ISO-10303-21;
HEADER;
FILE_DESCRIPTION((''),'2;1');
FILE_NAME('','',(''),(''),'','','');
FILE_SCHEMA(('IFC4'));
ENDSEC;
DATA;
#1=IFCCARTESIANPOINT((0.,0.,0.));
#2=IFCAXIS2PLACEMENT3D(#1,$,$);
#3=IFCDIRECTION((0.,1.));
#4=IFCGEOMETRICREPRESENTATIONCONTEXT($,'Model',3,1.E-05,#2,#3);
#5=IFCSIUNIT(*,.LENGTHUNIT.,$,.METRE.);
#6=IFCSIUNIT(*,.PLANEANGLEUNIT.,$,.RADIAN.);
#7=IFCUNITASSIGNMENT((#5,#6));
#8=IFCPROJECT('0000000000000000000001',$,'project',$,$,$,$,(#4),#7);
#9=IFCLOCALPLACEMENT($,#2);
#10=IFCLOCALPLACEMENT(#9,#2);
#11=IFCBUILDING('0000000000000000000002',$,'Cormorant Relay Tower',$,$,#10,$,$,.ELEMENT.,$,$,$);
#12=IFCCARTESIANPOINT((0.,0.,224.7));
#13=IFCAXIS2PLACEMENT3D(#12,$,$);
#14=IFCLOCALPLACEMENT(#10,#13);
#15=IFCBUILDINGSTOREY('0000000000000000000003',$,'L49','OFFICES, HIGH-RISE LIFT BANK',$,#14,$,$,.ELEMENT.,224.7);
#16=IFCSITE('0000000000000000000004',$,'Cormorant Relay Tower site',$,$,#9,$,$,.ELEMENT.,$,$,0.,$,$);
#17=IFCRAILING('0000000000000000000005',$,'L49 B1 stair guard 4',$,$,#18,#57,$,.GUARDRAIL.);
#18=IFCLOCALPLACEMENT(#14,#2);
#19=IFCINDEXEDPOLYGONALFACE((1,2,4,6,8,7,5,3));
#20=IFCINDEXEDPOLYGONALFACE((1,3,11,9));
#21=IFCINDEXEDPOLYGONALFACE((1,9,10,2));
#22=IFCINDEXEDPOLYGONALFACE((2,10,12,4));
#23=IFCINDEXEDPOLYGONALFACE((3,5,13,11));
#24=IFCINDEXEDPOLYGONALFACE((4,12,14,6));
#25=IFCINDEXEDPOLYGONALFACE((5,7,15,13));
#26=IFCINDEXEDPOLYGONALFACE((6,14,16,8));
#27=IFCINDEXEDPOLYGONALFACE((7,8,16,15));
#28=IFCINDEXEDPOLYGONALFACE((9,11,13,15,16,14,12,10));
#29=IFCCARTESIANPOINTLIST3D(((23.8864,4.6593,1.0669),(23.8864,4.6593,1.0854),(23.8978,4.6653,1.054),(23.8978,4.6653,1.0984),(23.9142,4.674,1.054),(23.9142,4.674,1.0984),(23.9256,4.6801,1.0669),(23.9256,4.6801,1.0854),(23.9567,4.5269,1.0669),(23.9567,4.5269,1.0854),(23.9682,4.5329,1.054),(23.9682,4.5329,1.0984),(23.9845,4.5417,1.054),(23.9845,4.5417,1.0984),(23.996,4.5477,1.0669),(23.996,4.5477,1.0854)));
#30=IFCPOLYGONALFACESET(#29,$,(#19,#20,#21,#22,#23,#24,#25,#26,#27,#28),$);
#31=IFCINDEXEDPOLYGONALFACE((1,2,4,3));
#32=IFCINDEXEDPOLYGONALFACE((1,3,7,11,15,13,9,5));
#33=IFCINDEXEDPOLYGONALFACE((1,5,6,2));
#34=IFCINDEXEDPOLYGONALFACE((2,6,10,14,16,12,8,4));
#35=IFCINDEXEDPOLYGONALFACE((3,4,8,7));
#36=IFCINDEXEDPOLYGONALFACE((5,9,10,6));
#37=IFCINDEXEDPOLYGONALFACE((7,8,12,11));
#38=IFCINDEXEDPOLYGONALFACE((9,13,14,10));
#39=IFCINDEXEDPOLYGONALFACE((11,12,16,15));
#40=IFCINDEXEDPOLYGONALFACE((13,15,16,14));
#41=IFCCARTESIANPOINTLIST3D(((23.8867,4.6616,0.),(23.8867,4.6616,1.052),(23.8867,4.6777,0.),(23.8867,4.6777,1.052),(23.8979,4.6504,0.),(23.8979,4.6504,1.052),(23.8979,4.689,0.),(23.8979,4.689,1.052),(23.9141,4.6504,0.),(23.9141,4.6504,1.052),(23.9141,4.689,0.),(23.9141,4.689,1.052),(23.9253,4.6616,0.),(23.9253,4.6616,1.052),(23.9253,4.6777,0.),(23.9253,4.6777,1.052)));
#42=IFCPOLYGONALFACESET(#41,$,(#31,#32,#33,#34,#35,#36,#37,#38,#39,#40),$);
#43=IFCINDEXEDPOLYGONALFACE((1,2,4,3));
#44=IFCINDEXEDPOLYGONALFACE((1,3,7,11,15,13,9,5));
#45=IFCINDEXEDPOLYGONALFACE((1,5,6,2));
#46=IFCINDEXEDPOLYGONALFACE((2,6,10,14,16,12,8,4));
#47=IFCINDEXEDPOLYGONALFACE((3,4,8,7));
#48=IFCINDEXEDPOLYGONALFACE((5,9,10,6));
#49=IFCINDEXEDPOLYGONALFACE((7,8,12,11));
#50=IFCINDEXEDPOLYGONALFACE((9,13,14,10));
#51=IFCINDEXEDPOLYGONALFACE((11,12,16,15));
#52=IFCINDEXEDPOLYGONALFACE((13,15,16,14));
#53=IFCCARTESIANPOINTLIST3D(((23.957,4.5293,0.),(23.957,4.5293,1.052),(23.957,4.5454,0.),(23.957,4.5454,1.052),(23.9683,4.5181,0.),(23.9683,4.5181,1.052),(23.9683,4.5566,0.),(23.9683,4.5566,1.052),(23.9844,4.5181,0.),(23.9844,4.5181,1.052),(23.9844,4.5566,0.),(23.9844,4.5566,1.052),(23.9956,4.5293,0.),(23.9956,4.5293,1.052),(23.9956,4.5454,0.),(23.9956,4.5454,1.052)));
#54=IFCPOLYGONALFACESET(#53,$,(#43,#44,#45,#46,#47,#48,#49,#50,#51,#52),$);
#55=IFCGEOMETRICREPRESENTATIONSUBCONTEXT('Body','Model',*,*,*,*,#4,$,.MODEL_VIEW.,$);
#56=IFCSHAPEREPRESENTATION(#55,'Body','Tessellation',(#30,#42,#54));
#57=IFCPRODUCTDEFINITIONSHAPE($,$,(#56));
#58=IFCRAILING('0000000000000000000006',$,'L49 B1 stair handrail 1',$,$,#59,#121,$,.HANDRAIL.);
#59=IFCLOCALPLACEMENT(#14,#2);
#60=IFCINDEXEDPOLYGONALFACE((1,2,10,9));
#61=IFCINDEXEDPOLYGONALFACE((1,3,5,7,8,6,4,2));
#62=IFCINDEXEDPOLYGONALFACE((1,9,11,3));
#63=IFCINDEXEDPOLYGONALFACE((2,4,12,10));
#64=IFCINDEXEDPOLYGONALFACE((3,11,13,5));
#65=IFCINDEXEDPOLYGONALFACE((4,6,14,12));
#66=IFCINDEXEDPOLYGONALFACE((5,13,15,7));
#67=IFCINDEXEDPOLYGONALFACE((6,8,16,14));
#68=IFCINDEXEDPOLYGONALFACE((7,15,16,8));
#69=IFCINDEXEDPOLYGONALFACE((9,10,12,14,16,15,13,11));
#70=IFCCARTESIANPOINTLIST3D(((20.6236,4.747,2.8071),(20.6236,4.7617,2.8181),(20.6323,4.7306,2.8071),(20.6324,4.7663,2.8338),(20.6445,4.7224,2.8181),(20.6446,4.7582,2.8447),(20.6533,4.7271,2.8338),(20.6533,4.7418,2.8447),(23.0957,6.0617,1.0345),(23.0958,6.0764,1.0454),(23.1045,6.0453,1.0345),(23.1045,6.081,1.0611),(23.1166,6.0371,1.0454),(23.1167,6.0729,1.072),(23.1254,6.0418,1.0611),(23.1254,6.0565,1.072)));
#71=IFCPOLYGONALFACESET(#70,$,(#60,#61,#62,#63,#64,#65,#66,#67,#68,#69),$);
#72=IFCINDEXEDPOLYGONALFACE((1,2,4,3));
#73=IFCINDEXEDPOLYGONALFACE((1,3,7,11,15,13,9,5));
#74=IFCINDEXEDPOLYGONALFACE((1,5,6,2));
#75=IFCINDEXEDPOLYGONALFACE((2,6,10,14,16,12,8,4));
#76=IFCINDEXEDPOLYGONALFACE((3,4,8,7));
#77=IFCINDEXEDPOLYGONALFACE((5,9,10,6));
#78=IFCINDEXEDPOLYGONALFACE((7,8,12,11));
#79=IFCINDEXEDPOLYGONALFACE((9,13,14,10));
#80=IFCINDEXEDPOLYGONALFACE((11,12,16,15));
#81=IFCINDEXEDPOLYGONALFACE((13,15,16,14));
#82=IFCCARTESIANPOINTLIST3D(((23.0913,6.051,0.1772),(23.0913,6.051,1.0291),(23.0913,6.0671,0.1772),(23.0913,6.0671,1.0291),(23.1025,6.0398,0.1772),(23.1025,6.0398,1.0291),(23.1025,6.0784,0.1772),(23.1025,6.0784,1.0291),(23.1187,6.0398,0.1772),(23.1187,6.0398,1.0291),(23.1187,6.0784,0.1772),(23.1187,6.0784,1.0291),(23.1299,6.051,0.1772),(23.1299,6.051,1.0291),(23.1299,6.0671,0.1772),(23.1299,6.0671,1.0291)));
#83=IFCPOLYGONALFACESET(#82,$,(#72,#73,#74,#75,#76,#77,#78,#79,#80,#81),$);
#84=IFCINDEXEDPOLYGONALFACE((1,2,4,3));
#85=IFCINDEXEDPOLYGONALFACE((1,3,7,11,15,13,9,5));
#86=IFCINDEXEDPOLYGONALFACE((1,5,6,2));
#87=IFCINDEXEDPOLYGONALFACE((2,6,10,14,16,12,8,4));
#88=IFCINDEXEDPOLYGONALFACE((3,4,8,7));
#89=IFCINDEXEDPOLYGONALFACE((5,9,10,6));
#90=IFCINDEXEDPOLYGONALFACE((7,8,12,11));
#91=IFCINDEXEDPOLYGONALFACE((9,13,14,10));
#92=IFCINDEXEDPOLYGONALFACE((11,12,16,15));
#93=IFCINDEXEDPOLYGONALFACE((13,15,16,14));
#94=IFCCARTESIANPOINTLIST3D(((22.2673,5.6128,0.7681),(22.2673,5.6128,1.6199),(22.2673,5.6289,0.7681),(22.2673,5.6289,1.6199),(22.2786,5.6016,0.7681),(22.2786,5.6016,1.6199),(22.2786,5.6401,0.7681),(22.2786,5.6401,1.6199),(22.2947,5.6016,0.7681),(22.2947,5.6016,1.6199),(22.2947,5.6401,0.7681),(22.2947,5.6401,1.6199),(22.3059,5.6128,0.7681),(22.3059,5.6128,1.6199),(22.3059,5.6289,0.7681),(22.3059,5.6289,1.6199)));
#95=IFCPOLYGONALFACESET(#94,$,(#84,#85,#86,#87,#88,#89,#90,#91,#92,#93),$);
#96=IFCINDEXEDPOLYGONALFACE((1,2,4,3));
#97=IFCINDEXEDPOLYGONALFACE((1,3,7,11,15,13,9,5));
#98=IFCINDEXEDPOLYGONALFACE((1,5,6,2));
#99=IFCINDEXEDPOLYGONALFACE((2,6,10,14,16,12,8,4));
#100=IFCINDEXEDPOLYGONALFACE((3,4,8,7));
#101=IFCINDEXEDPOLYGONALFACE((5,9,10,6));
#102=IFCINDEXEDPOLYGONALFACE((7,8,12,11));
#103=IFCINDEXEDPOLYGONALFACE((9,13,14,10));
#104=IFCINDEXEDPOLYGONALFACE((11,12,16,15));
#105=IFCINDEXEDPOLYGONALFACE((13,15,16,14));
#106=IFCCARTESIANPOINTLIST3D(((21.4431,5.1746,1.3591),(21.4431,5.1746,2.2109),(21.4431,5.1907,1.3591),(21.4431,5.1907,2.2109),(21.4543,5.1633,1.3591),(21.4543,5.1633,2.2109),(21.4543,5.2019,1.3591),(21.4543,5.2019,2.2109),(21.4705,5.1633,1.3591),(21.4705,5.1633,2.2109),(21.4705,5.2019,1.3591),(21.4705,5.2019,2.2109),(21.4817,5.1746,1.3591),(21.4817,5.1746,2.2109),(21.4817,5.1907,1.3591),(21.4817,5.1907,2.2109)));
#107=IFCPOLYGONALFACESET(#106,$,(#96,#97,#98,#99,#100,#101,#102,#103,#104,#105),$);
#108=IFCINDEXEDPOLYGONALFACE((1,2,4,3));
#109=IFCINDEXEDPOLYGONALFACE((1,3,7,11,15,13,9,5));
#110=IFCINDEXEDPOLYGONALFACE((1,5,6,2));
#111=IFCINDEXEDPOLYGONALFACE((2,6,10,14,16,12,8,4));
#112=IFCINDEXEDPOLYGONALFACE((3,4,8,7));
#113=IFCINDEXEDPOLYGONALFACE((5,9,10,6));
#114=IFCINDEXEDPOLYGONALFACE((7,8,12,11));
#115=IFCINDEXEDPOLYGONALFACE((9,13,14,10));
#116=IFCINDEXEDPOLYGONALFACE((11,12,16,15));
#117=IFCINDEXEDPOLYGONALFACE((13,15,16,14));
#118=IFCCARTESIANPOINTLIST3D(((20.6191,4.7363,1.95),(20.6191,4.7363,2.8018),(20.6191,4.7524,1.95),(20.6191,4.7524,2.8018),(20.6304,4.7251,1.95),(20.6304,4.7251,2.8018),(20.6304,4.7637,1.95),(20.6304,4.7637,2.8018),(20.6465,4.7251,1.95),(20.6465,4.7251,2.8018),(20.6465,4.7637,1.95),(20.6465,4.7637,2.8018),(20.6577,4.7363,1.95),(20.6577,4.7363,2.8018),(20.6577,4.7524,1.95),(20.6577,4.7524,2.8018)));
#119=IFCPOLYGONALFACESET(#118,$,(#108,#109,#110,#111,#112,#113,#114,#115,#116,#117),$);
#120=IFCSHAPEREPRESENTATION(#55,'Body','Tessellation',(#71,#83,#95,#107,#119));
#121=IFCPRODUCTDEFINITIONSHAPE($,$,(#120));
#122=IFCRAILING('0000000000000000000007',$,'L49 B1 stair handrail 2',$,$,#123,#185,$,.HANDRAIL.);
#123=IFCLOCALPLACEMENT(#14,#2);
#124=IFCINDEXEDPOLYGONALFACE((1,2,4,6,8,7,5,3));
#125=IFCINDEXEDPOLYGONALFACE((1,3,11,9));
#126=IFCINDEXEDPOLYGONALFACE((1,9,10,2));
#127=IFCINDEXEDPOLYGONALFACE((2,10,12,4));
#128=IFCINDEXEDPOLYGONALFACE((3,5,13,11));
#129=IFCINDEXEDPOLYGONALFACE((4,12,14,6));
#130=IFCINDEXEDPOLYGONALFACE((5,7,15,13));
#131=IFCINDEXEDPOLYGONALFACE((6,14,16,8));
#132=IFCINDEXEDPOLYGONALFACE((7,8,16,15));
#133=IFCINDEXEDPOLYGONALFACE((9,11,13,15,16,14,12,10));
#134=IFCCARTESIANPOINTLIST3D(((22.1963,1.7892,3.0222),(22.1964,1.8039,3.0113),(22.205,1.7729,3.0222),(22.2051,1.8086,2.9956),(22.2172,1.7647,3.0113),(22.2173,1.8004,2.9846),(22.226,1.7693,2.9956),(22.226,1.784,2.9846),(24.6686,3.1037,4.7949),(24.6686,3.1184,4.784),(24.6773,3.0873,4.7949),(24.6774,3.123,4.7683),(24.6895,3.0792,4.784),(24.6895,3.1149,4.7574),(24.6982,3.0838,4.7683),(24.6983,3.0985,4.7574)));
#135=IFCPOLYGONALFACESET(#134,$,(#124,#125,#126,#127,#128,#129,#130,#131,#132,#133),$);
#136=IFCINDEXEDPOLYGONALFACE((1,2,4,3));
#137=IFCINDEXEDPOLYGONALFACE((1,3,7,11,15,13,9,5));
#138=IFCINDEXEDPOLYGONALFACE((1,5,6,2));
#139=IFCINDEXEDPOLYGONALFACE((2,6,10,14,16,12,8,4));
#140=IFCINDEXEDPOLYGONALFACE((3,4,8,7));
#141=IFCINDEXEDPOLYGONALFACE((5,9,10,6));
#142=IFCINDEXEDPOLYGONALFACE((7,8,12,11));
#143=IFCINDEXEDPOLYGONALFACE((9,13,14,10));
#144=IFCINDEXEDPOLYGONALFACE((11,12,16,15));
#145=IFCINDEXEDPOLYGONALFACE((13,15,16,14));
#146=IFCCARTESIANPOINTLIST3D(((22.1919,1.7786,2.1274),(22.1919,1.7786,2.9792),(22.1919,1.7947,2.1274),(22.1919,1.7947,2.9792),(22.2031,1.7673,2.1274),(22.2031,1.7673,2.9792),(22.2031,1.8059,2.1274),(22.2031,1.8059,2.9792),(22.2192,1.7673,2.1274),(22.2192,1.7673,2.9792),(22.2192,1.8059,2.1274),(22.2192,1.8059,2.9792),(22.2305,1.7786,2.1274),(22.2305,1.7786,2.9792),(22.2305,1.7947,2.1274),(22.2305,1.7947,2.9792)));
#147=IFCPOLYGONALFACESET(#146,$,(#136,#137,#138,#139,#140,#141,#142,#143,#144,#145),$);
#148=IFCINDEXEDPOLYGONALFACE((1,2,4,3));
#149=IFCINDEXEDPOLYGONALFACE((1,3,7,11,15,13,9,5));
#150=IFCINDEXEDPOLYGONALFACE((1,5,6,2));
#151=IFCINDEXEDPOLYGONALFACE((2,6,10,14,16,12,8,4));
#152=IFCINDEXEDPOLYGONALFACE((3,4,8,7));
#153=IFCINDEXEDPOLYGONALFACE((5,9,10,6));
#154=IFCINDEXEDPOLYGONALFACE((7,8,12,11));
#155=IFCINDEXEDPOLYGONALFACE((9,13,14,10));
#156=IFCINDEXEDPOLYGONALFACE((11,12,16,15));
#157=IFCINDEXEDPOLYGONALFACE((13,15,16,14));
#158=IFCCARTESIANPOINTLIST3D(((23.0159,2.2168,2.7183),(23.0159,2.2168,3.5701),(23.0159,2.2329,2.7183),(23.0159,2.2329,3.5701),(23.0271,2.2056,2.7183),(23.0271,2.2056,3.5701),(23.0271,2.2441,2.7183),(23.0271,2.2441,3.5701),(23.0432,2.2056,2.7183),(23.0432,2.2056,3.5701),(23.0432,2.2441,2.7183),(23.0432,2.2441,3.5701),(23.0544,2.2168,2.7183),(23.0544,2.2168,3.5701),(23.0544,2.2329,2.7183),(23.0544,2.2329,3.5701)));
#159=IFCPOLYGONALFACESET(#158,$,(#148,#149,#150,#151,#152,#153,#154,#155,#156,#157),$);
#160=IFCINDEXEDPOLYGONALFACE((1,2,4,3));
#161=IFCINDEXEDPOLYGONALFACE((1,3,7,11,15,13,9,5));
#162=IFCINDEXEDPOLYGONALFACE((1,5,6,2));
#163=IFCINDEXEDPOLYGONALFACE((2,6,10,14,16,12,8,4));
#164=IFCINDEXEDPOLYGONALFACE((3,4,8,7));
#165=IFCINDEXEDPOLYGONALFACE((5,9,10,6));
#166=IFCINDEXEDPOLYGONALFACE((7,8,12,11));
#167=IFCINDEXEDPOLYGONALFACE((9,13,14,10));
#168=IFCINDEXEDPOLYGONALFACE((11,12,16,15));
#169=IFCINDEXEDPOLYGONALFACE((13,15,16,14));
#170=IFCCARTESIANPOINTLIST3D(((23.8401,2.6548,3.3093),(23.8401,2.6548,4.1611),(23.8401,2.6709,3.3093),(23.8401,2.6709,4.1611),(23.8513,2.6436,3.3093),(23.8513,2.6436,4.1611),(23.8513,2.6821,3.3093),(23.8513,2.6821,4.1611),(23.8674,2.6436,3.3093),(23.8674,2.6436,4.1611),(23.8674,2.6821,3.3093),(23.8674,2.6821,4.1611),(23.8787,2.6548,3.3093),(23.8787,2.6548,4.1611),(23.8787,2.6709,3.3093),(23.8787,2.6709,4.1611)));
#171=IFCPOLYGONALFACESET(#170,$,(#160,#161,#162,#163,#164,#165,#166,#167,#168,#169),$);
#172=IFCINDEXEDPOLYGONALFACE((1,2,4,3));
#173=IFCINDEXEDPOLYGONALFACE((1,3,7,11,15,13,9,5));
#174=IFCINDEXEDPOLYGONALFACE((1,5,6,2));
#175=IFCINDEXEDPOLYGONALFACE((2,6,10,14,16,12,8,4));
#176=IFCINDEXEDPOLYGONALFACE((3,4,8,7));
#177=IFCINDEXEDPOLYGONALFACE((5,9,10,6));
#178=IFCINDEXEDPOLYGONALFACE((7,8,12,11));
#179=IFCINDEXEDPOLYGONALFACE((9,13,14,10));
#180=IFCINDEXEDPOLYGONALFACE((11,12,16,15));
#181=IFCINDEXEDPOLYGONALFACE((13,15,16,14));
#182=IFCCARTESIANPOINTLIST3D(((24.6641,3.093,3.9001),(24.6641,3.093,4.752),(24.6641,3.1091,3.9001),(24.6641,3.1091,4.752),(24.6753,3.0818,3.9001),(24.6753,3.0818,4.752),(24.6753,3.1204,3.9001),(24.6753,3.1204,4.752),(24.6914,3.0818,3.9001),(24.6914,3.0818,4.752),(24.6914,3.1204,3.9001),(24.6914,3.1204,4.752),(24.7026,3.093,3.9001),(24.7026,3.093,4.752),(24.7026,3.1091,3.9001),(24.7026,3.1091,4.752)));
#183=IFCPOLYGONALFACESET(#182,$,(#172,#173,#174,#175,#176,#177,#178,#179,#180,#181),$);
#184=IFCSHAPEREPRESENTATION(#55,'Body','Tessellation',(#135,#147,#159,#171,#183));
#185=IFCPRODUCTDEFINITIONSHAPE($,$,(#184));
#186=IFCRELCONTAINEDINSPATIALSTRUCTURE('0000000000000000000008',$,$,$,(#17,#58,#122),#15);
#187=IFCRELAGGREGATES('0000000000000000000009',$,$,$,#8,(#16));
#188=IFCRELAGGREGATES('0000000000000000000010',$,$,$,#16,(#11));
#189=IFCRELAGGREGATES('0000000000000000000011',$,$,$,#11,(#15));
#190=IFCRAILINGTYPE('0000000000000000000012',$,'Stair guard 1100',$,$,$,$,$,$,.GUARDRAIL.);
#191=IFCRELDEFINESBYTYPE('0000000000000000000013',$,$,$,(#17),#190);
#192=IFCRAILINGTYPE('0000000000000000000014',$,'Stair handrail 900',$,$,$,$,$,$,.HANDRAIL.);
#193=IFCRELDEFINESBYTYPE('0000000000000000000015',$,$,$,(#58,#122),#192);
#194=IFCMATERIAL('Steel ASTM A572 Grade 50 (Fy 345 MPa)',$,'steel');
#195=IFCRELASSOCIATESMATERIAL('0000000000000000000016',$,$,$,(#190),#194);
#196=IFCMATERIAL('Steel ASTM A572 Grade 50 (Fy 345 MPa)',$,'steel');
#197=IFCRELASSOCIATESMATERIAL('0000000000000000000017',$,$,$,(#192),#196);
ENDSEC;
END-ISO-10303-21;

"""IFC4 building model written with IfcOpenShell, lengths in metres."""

from ifc_helpers import new_model, si_unit, direction, frame, origin, place, context, subcontext, project, spatial, polyline, outline, extrude, material, type_object, element, save


model = new_model("IFC4")

# Units and contexts
model_context = context("Model", 3, precision=1e-05, world=origin(), true_north=direction((0.0, 1.0)))
body_context = subcontext(model_context, "Body", "Model", "MODEL_VIEW")
ifc_project = project(units=[si_unit("LENGTHUNIT", "METRE"), si_unit("PLANEANGLEUNIT", "RADIAN")], contexts=[model_context])

# Site, building, storey
site_placement = place(None, origin())
site = spatial("IfcSite", under=ifc_project, at=site_placement, Name="Cormorant Relay Tower site", CompositionType="ELEMENT", RefElevation=0.0)
building_placement = place(site_placement, origin())
building = spatial("IfcBuilding", under=site, at=building_placement, Name="Cormorant Relay Tower", CompositionType="ELEMENT")
storey_placement = place(building_placement, frame((0.0, 0.0, 224.7)))
storey = spatial("IfcBuildingStorey", under=building, at=storey_placement, Name="L49", Description="OFFICES, HIGH-RISE LIFT BANK", CompositionType="ELEMENT", Elevation=224.7)

# Railings
ifc_material_1 = material(Name="Steel ASTM A572 Grade 50 (Fy 345 MPa)", Category="steel")
railing_type_1 = type_object("IfcRailingType", Name="Stair guard 1100", PredefinedType="GUARDRAIL", material=ifc_material_1)
railing_1_placement = place(storey_placement, frame((23.906, 4.6697, 0.0)))
element("IfcRailing", 1, at=railing_1_placement, inside=storey, type_object=railing_type_1, Name="L49 B1 stair guard 4", PredefinedType="GUARDRAIL", context=body_context, shape_type="SweptSolid", body=[
    extrude(outline(polyline([(0.0222, 0.0093), (0.0093, 0.0222), (-0.0093, 0.0222), (-0.0222, 0.0093), (-0.0222, -0.0093), (-0.0093, -0.0222), (0.0093, -0.0222), (0.0222, -0.0093), (0.0222, 0.0093)])), frame((0.0, 0.0, 1.0762), z_axis=(0.469235, -0.883074, 0.0), x_axis=(0.883074, 0.469235, 0.0)), (0.0, 0.0, 1.0), 0.1499),
    extrude(outline(polyline([(0.0193, 0.0081), (0.0081, 0.0193), (-0.0081, 0.0193), (-0.0193, 0.0081), (-0.0193, -0.0081), (-0.0081, -0.0193), (0.0081, -0.0193), (0.0193, -0.0081), (0.0193, 0.0081)])), origin(), (0.0, 0.0, 1.0), 1.052),
    extrude(outline(polyline([(0.0193, 0.0081), (0.0081, 0.0193), (-0.0081, 0.0193), (-0.0193, 0.0081), (-0.0193, -0.0081), (-0.0081, -0.0193), (0.0081, -0.0193), (0.0193, -0.0081), (0.0193, 0.0081)])), frame((0.0703, -0.1323, 0.0)), (0.0, 0.0, 1.0), 1.052),
])
ifc_material_2 = material(Name="Steel ASTM A572 Grade 50 (Fy 345 MPa)", Category="steel")
railing_type_2 = type_object("IfcRailingType", Name="Stair handrail 900", PredefinedType="HANDRAIL", material=ifc_material_2)
railing_2_placement = place(storey_placement, frame((23.1106, 6.0591, 0.1772)))
element("IfcRailing", 2, at=railing_2_placement, inside=storey, type_object=railing_type_2, Name="L49 B1 stair handrail 1", PredefinedType="HANDRAIL", context=body_context, shape_type="SweptSolid", body=[
    extrude(outline(polyline([(0.0222, 0.0093), (0.0093, 0.0222), (-0.0093, 0.0222), (-0.0222, 0.0093), (-0.0222, -0.0093), (-0.0093, -0.0222), (0.0093, -0.0222), (0.0222, -0.0093), (0.0222, 0.0093)])), frame((0.0, 0.0, 0.876), z_axis=(-0.745979, -0.396711, 0.534916), x_axis=(0.469533, -0.882915, 0.0)), (0.0, 0.0, 1.0), 3.314),
    extrude(outline(polyline([(0.0193, 0.0081), (0.0081, 0.0193), (-0.0081, 0.0193), (-0.0193, 0.0081), (-0.0193, -0.0081), (-0.0081, -0.0193), (0.0081, -0.0193), (0.0193, -0.0081), (0.0193, 0.0081)])), origin(), (0.0, 0.0, 1.0), 0.8518),
    extrude(outline(polyline([(0.0193, 0.0081), (0.0081, 0.0193), (-0.0081, 0.0193), (-0.0193, 0.0081), (-0.0193, -0.0081), (-0.0081, -0.0193), (0.0081, -0.0193), (0.0193, -0.0081), (0.0193, 0.0081)])), frame((-0.824, -0.4382, 0.5908)), (0.0, 0.0, 1.0), 0.8518),
    extrude(outline(polyline([(0.0193, 0.0081), (0.0081, 0.0193), (-0.0081, 0.0193), (-0.0193, 0.0081), (-0.0193, -0.0081), (-0.0081, -0.0193), (0.0081, -0.0193), (0.0193, -0.0081), (0.0193, 0.0081)])), frame((-1.6482, -0.8765, 1.1819)), (0.0, 0.0, 1.0), 0.8518),
    extrude(outline(polyline([(0.0193, 0.0081), (0.0081, 0.0193), (-0.0081, 0.0193), (-0.0193, 0.0081), (-0.0193, -0.0081), (-0.0081, -0.0193), (0.0081, -0.0193), (0.0193, -0.0081), (0.0193, 0.0081)])), frame((-2.4722, -1.3147, 1.7727)), (0.0, 0.0, 1.0), 0.8518),
])
railing_3_placement = place(storey_placement, frame((22.2112, 1.7866, 2.1274)))
element("IfcRailing", 3, at=railing_3_placement, inside=storey, type_object=railing_type_2, Name="L49 B1 stair handrail 2", PredefinedType="HANDRAIL", context=body_context, shape_type="SweptSolid", body=[
    extrude(outline(polyline([(0.0222, 0.0093), (0.0093, 0.0222), (-0.0093, 0.0222), (-0.0222, 0.0093), (-0.0222, -0.0093), (-0.0093, -0.0222), (0.0093, -0.0222), (0.0222, -0.0093), (0.0222, 0.0093)])), frame((0.0, 0.0, 0.876), z_axis=(0.746001, 0.396649, 0.534931), x_axis=(-0.469465, 0.882951, 0.0)), (0.0, 0.0, 1.0), 3.314),
    extrude(outline(polyline([(0.0193, 0.0081), (0.0081, 0.0193), (-0.0081, 0.0193), (-0.0193, 0.0081), (-0.0193, -0.0081), (-0.0081, -0.0193), (0.0081, -0.0193), (0.0193, -0.0081), (0.0193, 0.0081)])), origin(), (0.0, 0.0, 1.0), 0.8518),
    extrude(outline(polyline([(0.0193, 0.0081), (0.0081, 0.0193), (-0.0081, 0.0193), (-0.0193, 0.0081), (-0.0193, -0.0081), (-0.0081, -0.0193), (0.0081, -0.0193), (0.0193, -0.0081), (0.0193, 0.0081)])), frame((0.824, 0.4382, 0.5908)), (0.0, 0.0, 1.0), 0.8518),
    extrude(outline(polyline([(0.0193, 0.0081), (0.0081, 0.0193), (-0.0081, 0.0193), (-0.0193, 0.0081), (-0.0193, -0.0081), (-0.0081, -0.0193), (0.0081, -0.0193), (0.0193, -0.0081), (0.0193, 0.0081)])), frame((1.6482, 0.8762, 1.1819)), (0.0, 0.0, 1.0), 0.8518),
    extrude(outline(polyline([(0.0193, 0.0081), (0.0081, 0.0193), (-0.0081, 0.0193), (-0.0193, 0.0081), (-0.0193, -0.0081), (-0.0081, -0.0193), (0.0081, -0.0193), (0.0193, -0.0081), (0.0193, 0.0081)])), frame((2.4722, 1.3145, 1.7727)), (0.0, 0.0, 1.0), 0.8518),
])

save(model, "model.ifc")
